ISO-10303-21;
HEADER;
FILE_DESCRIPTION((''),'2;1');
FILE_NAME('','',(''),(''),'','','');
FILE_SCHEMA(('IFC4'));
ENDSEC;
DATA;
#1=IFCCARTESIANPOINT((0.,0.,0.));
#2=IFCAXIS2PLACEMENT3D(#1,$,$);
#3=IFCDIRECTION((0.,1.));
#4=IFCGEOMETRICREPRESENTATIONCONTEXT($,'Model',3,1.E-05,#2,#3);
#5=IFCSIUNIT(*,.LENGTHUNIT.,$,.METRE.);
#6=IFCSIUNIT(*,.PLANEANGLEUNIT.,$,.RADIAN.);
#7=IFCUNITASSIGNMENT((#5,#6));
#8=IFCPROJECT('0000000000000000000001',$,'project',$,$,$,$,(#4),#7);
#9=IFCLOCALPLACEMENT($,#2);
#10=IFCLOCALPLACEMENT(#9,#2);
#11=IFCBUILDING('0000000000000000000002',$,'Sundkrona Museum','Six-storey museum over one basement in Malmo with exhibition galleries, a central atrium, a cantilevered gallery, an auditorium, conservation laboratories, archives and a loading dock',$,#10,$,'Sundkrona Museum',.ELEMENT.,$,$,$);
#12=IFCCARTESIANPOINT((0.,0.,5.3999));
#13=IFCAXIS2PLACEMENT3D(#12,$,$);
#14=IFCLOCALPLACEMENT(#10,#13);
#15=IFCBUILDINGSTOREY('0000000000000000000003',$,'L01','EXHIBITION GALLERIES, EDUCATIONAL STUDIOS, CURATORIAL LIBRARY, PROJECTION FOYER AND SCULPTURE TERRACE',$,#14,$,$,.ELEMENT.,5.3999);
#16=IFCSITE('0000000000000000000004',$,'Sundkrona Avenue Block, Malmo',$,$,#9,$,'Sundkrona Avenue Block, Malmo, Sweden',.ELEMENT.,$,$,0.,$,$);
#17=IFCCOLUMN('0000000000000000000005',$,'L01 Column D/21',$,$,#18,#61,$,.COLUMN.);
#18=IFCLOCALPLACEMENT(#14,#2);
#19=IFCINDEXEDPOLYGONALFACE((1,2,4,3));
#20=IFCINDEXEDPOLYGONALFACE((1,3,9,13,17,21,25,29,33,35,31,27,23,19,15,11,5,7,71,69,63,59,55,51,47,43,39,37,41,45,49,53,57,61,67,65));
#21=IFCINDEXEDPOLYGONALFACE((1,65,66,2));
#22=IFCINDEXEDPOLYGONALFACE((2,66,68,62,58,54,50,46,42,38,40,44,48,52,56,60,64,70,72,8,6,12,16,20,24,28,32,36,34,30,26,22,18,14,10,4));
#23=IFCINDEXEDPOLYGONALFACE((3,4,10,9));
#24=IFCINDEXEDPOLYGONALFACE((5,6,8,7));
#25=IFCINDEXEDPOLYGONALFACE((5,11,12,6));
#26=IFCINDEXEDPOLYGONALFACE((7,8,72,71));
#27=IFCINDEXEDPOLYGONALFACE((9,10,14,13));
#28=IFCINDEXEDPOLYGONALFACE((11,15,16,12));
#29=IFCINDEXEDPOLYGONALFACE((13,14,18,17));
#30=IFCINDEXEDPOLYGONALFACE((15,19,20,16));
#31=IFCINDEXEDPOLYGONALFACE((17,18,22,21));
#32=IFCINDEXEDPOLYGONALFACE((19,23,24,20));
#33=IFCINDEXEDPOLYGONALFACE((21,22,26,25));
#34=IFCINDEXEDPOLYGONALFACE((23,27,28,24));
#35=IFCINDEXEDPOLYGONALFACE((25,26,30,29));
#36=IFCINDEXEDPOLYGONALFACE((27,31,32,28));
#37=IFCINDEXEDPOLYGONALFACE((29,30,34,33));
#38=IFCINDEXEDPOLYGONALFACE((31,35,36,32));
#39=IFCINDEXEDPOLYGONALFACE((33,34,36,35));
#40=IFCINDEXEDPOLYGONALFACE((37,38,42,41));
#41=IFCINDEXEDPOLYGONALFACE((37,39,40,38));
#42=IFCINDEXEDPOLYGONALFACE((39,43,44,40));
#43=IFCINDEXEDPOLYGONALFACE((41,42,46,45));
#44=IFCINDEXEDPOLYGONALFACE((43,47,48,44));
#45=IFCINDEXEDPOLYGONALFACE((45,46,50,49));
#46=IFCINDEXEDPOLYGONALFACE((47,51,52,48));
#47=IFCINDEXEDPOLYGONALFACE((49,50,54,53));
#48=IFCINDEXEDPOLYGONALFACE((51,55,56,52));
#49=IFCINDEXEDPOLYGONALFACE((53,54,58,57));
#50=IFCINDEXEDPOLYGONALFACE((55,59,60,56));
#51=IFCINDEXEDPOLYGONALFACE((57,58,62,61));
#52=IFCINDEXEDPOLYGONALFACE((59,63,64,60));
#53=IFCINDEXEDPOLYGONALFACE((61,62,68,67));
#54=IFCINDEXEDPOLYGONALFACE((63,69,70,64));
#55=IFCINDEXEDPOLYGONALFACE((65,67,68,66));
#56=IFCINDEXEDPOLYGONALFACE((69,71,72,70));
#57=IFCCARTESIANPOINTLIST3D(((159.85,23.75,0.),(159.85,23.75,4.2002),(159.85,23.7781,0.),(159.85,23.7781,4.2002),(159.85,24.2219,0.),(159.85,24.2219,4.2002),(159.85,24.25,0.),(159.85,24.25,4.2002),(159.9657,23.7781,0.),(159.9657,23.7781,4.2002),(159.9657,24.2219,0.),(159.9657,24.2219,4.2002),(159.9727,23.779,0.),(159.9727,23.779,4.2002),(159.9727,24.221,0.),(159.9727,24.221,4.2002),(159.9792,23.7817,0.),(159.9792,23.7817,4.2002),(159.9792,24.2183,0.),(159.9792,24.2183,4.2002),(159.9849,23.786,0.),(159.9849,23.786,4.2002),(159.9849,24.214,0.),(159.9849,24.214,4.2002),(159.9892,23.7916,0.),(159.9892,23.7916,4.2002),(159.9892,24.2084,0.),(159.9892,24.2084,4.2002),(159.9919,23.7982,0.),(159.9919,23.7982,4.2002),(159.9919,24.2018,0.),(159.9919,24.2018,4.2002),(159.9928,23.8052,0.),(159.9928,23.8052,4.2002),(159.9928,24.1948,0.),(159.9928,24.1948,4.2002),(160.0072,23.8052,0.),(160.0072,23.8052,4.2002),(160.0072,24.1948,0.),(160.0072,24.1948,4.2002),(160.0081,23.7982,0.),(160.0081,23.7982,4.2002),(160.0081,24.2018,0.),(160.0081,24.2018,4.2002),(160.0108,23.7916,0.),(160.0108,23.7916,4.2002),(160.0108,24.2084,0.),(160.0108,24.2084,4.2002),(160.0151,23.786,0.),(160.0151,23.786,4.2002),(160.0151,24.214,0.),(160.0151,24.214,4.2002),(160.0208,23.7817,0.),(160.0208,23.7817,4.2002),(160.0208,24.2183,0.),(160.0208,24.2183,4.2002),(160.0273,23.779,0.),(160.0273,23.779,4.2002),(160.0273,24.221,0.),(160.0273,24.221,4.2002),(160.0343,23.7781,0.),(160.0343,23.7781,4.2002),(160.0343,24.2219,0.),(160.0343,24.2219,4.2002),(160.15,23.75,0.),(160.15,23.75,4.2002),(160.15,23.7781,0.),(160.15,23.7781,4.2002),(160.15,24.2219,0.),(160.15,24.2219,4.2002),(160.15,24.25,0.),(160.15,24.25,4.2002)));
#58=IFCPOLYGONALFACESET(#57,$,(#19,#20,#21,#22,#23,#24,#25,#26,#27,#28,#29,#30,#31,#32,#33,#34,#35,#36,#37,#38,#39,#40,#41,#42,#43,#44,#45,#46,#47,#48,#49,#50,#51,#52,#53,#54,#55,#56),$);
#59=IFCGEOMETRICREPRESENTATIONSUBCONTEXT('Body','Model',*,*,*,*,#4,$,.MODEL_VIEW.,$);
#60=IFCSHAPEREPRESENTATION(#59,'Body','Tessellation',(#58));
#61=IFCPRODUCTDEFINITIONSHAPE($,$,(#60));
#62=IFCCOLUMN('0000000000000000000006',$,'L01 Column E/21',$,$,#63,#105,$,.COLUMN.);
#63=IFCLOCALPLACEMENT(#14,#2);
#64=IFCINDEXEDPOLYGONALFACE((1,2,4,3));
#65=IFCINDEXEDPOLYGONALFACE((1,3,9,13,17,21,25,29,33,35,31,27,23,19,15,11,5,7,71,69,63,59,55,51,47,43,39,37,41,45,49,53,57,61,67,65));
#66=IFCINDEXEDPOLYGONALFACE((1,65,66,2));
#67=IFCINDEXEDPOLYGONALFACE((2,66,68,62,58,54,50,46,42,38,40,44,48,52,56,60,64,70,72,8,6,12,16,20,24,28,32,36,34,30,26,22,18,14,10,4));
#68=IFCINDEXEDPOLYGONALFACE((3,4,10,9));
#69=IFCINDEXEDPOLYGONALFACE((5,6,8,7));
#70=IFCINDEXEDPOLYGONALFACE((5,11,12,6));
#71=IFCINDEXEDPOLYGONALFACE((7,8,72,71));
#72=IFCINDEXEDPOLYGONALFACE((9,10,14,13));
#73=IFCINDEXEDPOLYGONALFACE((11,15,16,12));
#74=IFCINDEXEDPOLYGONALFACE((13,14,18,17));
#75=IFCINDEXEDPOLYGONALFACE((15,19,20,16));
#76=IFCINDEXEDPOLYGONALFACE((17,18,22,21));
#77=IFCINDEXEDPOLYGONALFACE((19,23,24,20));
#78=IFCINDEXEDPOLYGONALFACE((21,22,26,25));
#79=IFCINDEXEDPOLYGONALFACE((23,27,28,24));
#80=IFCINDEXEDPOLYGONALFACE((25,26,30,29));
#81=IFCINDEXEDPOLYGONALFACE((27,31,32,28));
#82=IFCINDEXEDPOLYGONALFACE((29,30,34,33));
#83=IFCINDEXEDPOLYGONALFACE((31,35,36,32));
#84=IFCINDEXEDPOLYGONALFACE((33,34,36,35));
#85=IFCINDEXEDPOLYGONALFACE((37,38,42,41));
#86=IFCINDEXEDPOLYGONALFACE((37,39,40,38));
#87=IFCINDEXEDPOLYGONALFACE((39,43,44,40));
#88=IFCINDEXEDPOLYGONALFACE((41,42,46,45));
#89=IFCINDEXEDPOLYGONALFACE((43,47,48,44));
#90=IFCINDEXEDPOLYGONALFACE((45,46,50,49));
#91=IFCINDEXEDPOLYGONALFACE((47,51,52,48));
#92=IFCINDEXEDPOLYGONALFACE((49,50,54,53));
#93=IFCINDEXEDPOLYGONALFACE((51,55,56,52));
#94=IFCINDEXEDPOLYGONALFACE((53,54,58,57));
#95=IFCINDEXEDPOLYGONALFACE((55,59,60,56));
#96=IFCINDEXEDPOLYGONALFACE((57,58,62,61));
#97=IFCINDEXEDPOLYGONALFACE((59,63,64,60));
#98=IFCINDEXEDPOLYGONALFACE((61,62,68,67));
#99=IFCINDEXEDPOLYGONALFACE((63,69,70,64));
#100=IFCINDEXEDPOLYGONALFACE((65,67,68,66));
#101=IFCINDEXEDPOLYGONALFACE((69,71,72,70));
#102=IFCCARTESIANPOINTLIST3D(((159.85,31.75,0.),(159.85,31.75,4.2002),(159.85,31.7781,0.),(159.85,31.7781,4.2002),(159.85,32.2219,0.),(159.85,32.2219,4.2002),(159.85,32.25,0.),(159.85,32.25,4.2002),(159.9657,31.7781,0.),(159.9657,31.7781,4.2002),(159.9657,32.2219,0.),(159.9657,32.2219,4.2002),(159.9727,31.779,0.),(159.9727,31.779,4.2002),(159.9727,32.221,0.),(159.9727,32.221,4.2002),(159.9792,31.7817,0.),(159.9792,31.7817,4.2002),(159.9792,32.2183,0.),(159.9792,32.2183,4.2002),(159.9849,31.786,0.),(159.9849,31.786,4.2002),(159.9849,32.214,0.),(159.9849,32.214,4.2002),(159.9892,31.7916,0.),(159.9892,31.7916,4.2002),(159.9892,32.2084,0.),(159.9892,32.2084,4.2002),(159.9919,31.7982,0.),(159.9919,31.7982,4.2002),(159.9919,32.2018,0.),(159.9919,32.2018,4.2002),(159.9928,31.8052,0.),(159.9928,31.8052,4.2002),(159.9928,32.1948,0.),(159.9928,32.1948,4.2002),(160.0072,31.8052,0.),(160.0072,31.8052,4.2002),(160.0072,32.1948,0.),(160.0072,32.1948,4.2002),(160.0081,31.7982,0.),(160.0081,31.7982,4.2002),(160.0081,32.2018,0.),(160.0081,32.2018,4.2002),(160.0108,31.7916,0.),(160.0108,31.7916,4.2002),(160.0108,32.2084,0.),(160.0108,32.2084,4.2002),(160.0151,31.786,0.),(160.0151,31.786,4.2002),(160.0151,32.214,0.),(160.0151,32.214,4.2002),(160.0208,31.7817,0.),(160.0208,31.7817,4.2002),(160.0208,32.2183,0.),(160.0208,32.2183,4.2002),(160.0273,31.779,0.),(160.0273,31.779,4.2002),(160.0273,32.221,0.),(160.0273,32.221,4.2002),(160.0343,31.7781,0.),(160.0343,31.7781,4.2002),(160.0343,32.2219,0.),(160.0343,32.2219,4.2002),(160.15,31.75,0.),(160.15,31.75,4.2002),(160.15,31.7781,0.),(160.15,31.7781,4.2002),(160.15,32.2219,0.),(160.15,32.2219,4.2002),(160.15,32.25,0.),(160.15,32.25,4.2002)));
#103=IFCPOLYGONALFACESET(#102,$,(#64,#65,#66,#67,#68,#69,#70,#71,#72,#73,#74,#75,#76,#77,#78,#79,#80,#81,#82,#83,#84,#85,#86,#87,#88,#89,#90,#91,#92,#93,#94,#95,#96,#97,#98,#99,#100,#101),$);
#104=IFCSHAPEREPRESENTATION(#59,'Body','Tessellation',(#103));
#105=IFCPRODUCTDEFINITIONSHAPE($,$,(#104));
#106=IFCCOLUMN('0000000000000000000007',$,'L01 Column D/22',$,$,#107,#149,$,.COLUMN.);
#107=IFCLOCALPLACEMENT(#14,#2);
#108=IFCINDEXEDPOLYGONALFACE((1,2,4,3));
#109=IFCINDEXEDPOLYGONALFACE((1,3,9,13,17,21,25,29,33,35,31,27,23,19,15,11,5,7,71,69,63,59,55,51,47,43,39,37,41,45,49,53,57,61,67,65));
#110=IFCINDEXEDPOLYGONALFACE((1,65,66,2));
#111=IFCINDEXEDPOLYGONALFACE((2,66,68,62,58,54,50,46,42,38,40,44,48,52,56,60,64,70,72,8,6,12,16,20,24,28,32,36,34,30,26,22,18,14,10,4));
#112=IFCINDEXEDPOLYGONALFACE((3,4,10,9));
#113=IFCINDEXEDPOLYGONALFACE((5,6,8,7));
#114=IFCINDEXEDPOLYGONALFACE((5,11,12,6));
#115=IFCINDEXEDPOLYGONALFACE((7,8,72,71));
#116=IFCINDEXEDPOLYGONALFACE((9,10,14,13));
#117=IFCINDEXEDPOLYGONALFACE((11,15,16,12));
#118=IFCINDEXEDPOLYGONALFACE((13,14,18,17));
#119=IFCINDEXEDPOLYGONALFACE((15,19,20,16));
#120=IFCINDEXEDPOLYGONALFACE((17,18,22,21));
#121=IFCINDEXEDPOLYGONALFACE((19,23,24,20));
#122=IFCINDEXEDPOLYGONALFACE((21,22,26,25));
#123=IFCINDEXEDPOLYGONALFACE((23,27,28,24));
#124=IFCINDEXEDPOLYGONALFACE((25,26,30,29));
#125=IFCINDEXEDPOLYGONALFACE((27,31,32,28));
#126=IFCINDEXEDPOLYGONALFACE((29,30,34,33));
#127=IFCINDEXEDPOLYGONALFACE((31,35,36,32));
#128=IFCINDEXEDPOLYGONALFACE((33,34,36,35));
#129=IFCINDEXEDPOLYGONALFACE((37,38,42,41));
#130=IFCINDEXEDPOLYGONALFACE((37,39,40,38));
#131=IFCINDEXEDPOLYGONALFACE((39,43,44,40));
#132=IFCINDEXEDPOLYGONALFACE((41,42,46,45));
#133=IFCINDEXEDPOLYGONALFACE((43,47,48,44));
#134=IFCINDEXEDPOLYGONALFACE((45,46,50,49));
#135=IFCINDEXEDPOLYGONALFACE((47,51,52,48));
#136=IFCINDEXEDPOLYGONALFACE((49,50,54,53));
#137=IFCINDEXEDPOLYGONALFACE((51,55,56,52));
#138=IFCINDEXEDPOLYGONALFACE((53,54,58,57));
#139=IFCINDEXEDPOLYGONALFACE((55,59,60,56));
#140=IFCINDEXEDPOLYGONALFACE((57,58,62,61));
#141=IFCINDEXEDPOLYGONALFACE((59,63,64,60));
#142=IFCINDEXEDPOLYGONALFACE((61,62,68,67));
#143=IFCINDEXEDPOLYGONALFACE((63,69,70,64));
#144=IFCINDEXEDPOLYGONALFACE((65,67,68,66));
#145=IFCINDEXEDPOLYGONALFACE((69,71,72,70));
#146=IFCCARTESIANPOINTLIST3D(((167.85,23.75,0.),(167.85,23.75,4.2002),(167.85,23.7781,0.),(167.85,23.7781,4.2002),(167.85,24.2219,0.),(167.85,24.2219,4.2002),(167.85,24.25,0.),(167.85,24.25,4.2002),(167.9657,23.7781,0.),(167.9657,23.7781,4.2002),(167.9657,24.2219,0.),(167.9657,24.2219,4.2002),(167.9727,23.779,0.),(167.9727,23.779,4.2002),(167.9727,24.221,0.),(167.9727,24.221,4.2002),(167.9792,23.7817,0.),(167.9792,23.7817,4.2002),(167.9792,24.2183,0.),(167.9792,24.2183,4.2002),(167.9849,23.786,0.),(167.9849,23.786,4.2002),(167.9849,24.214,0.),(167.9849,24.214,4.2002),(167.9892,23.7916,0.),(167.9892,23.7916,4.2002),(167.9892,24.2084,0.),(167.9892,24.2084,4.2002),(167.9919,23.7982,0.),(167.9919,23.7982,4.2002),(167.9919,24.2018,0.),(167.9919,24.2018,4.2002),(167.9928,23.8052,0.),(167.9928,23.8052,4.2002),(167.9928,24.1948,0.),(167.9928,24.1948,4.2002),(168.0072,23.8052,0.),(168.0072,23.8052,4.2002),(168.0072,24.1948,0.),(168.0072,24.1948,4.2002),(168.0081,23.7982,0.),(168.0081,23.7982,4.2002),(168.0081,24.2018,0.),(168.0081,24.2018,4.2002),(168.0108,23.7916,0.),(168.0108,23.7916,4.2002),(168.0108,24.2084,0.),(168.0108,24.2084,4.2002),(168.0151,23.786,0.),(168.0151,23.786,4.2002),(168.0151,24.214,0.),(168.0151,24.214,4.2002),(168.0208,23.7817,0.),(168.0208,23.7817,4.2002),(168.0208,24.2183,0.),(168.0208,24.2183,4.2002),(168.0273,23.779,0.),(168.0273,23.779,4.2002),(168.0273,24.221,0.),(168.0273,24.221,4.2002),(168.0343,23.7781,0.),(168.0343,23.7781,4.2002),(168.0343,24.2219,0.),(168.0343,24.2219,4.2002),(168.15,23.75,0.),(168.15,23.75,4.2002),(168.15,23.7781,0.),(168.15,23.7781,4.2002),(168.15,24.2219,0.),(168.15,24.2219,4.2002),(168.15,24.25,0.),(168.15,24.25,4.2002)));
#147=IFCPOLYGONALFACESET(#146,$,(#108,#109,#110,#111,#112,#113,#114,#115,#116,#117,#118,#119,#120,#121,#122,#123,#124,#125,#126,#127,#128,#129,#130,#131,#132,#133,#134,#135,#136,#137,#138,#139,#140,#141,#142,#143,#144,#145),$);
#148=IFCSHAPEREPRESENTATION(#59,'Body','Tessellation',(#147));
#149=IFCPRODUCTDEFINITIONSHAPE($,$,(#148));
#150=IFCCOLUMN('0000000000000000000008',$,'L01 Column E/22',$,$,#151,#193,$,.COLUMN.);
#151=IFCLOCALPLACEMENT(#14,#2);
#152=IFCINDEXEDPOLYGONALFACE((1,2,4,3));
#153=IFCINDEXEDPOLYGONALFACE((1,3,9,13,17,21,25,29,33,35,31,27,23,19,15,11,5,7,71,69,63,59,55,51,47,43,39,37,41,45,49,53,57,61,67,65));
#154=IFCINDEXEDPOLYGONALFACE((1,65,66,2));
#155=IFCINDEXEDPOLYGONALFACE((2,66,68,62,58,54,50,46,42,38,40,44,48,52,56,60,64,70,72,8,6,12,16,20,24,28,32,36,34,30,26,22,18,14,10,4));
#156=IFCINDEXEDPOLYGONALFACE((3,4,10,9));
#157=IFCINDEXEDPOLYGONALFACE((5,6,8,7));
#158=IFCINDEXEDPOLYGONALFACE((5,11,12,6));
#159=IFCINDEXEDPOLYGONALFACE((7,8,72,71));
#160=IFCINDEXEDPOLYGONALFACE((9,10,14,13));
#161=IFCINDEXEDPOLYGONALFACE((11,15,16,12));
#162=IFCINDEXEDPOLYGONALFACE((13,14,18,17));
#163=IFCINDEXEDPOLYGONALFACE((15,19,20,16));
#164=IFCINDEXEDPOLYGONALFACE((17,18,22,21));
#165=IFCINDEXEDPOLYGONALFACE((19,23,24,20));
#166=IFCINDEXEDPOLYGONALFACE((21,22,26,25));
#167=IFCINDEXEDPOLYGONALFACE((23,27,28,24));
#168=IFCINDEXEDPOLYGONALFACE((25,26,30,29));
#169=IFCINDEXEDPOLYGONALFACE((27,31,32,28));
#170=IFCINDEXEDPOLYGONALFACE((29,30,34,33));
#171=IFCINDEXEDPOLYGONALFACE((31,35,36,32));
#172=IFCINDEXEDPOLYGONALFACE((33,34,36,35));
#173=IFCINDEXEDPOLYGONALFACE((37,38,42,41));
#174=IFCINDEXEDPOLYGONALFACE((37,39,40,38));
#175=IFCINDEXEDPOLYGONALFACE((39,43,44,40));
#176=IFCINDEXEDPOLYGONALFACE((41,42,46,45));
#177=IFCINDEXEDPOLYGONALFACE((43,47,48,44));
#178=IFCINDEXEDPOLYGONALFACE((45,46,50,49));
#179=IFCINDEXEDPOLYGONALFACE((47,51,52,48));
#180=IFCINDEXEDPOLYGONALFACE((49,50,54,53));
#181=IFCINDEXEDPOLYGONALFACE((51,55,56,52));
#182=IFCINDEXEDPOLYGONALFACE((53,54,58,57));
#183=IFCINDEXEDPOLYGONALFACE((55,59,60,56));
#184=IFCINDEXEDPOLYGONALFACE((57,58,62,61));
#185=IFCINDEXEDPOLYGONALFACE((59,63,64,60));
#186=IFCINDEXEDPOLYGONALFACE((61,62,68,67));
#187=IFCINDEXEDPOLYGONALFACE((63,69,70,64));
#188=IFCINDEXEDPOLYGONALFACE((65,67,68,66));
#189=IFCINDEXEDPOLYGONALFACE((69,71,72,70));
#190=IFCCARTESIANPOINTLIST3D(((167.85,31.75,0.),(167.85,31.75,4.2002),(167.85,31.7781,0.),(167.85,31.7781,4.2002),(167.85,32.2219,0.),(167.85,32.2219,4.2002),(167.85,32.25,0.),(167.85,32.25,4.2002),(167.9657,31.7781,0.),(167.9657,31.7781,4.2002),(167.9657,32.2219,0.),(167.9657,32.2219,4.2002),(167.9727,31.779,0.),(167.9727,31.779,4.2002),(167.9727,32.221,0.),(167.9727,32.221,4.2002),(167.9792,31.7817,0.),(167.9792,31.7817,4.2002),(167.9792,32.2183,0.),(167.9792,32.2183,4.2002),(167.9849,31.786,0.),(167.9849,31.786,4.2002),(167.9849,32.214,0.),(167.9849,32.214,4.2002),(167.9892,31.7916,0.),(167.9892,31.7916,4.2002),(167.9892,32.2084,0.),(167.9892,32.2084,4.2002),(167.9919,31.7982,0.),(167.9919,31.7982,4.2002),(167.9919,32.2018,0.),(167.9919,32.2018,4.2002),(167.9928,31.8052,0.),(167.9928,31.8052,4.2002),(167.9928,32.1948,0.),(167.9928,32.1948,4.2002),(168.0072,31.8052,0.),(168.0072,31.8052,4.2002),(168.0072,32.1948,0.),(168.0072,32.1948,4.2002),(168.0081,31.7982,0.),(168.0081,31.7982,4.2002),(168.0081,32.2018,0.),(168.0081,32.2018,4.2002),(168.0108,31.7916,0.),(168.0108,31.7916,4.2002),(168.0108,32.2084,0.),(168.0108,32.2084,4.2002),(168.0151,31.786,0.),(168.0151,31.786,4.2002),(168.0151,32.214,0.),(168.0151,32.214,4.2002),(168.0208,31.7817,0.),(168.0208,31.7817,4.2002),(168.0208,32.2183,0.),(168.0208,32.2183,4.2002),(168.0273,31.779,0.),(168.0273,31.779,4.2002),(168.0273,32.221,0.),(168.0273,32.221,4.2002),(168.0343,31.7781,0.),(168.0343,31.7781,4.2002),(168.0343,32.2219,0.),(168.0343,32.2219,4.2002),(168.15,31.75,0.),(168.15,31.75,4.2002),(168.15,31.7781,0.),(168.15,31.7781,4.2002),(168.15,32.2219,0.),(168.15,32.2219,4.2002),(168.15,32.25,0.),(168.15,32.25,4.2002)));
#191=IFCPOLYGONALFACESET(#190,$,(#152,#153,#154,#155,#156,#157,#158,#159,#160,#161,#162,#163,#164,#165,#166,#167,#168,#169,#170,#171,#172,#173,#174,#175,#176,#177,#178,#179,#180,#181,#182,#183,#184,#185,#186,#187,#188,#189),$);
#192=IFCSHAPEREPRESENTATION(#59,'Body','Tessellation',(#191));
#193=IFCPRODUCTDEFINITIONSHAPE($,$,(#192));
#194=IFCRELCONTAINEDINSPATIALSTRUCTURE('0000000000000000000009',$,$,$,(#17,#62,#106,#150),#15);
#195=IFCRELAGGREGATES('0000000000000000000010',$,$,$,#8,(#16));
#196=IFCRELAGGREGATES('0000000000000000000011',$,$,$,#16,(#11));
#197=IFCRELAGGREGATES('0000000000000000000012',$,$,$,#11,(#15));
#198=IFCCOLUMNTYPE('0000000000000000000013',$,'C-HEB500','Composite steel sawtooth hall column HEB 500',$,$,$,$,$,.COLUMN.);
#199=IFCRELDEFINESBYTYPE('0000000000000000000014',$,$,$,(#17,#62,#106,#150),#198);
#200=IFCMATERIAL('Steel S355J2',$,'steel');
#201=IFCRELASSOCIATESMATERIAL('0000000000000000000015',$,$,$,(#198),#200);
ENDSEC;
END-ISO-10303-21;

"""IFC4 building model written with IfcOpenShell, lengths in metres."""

from ifc_helpers import new_model, si_unit, direction, frame, origin, origin_2d, place, context, subcontext, project, spatial, i_section, extrude, material, material_profile, profile_set, type_object, element, save


model = new_model("IFC4")

# Units and contexts
model_context = context("Model", 3, precision=1e-05, world=origin(), true_north=direction((0.0, 1.0)))
body_context = subcontext(model_context, "Body", "Model", "MODEL_VIEW")
ifc_project = project(units=[si_unit("LENGTHUNIT", "METRE"), si_unit("PLANEANGLEUNIT", "RADIAN")], contexts=[model_context])

# Site, building, storey
site_placement = place(None, origin())
site = spatial("IfcSite", under=ifc_project, at=site_placement, Name="Sundkrona Avenue Block, Malmo", LongName="Sundkrona Avenue Block, Malmo, Sweden", CompositionType="ELEMENT", RefElevation=0.0)
building_placement = place(site_placement, origin())
building = spatial("IfcBuilding", under=site, at=building_placement, Name="Sundkrona Museum", Description="Six-storey museum over one basement in Malmo with exhibition galleries, a central atrium, a cantilevered gallery, an auditorium, conservation laboratories, archives and a loading dock", LongName="Sundkrona Museum", CompositionType="ELEMENT")
storey_placement = place(building_placement, frame((0.0, 0.0, 5.3999)))
storey = spatial("IfcBuildingStorey", under=building, at=storey_placement, Name="L01", Description="EXHIBITION GALLERIES, EDUCATIONAL STUDIOS, CURATORIAL LIBRARY, PROJECTION FOYER AND SCULPTURE TERRACE", CompositionType="ELEMENT", Elevation=5.3999)

# Columns
ifc_material_1 = material(Name="Steel S355J2", Category="steel")
ifc_material_profile_1 = material_profile(ifc_material_1, i_section(OverallWidth=0.3, OverallDepth=0.5, WebThickness=0.0144, FlangeThickness=0.0281, FilletRadius=0.0271, at=origin_2d()), Name="HEB 500")
ifc_profile_set_1 = profile_set([ifc_material_profile_1], Name="Steel S355J2")
column_type = type_object("IfcColumnType", Name="C-HEB500", Description="Composite steel sawtooth hall column HEB 500", PredefinedType="COLUMN", material=ifc_profile_set_1)
for number, where, z_axis, x_axis, name in (
    (1, (160.0, 24.0, 0.0), (0.0, 0.0, 1.0), (1.0, 0.0, 0.0), "L01 Column D/21"),
    (2, (160.0, 32.0, 0.0), (0.0, 0.0, 1.0), (1.0, 0.0, 0.0), "L01 Column E/21"),
    (3, (168.0, 24.0, 0.0), (0.0, 0.0, 1.0), (1.0, 0.0, 0.0), "L01 Column D/22"),
    (4, (168.0, 32.0, 0.0), (0.0, 0.0, 1.0), (1.0, 0.0, 0.0), "L01 Column E/22"),
):
    element("IfcColumn", number, at=place(storey_placement, frame(where, z_axis=z_axis, x_axis=x_axis)), inside=storey, type_object=column_type, Name=name, PredefinedType="COLUMN", context=body_context, shape_type="SweptSolid", body=[
        extrude(i_section(OverallWidth=0.3, OverallDepth=0.5, WebThickness=0.0144, FlangeThickness=0.0281, FilletRadius=0.0271, at=origin_2d()), origin(), (0.0, 0.0, 1.0), 4.2002),
    ])

save(model, "model.ifc")
